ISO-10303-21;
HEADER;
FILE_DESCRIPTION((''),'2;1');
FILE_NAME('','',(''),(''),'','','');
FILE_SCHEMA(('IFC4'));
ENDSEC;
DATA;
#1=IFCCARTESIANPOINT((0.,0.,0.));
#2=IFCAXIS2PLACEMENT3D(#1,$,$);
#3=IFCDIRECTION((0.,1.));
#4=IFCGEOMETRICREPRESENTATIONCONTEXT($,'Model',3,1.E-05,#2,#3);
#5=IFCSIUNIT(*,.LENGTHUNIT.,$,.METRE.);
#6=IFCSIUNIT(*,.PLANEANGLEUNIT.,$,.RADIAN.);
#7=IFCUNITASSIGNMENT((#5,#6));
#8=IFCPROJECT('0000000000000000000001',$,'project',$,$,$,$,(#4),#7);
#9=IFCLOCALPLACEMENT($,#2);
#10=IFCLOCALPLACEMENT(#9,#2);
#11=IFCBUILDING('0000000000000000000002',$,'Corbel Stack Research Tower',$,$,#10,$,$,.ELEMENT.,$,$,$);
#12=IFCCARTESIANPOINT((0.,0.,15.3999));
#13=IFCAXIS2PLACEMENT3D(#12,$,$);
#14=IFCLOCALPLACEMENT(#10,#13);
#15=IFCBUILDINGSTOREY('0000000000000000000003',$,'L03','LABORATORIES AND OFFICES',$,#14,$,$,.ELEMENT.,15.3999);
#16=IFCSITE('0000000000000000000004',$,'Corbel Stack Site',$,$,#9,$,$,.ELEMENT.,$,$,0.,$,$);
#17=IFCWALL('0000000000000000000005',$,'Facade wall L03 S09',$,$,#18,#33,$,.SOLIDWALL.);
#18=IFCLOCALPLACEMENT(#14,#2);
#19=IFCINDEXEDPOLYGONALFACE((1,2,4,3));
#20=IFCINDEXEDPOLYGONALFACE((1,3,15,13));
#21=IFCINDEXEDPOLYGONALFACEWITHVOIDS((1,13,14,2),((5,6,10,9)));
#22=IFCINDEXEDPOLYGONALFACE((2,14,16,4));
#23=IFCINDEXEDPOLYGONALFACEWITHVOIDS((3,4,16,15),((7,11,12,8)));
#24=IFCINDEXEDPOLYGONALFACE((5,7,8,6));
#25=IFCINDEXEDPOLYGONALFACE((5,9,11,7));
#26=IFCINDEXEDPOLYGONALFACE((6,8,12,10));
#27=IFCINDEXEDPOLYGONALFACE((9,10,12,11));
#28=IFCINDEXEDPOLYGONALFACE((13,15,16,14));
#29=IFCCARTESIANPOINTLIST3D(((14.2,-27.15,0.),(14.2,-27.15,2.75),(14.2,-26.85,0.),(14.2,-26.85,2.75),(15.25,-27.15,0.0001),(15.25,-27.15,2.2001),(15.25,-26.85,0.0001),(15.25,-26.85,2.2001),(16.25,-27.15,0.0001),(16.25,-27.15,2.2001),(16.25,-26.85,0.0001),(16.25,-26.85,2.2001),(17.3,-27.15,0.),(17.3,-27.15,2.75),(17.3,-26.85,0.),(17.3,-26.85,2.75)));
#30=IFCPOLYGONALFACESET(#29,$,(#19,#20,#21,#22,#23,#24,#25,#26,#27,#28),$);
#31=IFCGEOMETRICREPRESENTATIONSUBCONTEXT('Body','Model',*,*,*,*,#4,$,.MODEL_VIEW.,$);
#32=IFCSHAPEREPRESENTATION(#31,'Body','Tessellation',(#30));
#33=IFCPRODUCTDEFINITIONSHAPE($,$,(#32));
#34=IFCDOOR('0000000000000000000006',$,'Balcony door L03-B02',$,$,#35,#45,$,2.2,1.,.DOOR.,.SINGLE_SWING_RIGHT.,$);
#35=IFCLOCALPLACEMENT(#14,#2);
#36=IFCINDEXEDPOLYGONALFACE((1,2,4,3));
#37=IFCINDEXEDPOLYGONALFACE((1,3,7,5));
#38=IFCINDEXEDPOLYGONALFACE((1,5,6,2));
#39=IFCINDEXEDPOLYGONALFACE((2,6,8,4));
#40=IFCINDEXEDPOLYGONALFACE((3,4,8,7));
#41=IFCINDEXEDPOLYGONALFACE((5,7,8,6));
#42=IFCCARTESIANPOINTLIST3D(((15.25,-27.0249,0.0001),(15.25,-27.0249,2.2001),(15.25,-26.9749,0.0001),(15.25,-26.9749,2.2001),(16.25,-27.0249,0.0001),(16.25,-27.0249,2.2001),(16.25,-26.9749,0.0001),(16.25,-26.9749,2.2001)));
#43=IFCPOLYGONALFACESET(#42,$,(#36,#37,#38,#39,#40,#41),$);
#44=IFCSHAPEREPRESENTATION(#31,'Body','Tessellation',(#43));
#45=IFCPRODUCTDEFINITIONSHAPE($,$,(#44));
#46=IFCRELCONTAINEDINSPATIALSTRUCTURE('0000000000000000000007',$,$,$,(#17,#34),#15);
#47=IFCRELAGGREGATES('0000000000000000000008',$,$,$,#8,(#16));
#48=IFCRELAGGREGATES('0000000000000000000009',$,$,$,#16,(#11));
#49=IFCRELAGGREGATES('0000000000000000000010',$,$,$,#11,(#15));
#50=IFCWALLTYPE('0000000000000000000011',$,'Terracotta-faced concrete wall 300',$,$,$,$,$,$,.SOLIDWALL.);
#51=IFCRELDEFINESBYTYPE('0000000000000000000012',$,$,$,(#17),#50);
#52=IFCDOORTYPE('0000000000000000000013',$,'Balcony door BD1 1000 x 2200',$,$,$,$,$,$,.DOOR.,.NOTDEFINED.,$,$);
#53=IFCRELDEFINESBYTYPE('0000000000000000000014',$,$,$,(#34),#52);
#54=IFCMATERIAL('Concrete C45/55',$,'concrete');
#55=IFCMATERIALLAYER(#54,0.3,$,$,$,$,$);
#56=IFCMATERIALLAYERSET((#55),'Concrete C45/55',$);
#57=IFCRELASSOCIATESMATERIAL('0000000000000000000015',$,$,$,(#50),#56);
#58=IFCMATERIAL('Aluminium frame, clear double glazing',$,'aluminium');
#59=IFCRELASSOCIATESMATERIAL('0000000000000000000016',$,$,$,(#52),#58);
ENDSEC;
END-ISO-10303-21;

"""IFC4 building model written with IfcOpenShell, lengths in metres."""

from ifc_helpers import new_model, si_unit, direction, frame, frame_2d, origin, place, context, subcontext, project, spatial, rectangle, extrude, material, layer, layer_set, type_object, element, fill, save


model = new_model("IFC4")

# Units and contexts
model_context = context("Model", 3, precision=1e-05, world=origin(), true_north=direction((0.0, 1.0)))
body_context = subcontext(model_context, "Body", "Model", "MODEL_VIEW")
ifc_project = project(units=[si_unit("LENGTHUNIT", "METRE"), si_unit("PLANEANGLEUNIT", "RADIAN")], contexts=[model_context])

# Site, building, storey
site_placement = place(None, origin())
site = spatial("IfcSite", under=ifc_project, at=site_placement, Name="Corbel Stack Site", CompositionType="ELEMENT", RefElevation=0.0)
building_placement = place(site_placement, origin())
building = spatial("IfcBuilding", under=site, at=building_placement, Name="Corbel Stack Research Tower", CompositionType="ELEMENT")
storey_placement = place(building_placement, frame((0.0, 0.0, 15.3999)))
storey = spatial("IfcBuildingStorey", under=building, at=storey_placement, Name="L03", Description="LABORATORIES AND OFFICES", CompositionType="ELEMENT", Elevation=15.3999)

# Wall, opening, door
ifc_material_1 = material(Name="Concrete C45/55", Category="concrete")
ifc_layer_1 = layer(ifc_material_1, 0.3)
ifc_layer_set_1 = layer_set([ifc_layer_1], Name="Concrete C45/55")
wall_type_1 = type_object("IfcWallType", Name="Terracotta-faced concrete wall 300", PredefinedType="SOLIDWALL", material=ifc_layer_set_1)
wall_1_placement = place(storey_placement, frame((17.3, -27.0, 0.0), z_axis=(0.0, 0.0, 1.0), x_axis=(-1.0, 0.0, 0.0)))
wall_1 = element("IfcWall", 1, at=wall_1_placement, inside=storey, type_object=wall_type_1, Name="Facade wall L03 S09", PredefinedType="SOLIDWALL", context=body_context, shape_type="SweptSolid", body=[
    extrude(rectangle(XDim=3.1001, YDim=0.3, at=frame_2d((1.55, 0.0))), origin(), (0.0, 0.0, 1.0), 2.75),
])
opening_1_placement = place(wall_1_placement, frame((1.05, 0.0, 0.0)))
opening_1 = element("IfcOpeningElement", 2, at=opening_1_placement, cuts=wall_1, PredefinedType="OPENING", context=body_context, shape_type="SweptSolid", body=[
    extrude(rectangle(XDim=1.0, YDim=2.2, at=frame_2d((0.5, 1.1001))), frame((0.0, 0.1599, 0.0), z_axis=(0.0, -1.0, 0.0), x_axis=(1.0, 0.0, 0.0)), (0.0, 0.0, 1.0), 0.3201),
])
ifc_material_2 = material(Name="Aluminium frame, clear double glazing", Category="aluminium")
door_type_1 = type_object("IfcDoorType", Name="Balcony door BD1 1000 x 2200", OperationType="NOTDEFINED", PredefinedType="DOOR", material=ifc_material_2)
door_1_placement = place(opening_1_placement, origin())
door_1 = element("IfcDoor", 3, at=door_1_placement, inside=storey, type_object=door_type_1, Name="Balcony door L03-B02", OperationType="SINGLE_SWING_RIGHT", OverallHeight=2.2, OverallWidth=1.0, PredefinedType="DOOR", context=body_context, shape_type="SweptSolid", body=[
    extrude(rectangle(XDim=1.0, YDim=2.2, at=frame_2d((0.5, 1.1001))), frame((0.0, 0.0249, 0.0), z_axis=(0.0, -1.0, 0.0), x_axis=(1.0, 0.0, 0.0)), (0.0, 0.0, 1.0), 0.05),
])
fill(opening_1, door_1)

save(model, "model.ifc")
